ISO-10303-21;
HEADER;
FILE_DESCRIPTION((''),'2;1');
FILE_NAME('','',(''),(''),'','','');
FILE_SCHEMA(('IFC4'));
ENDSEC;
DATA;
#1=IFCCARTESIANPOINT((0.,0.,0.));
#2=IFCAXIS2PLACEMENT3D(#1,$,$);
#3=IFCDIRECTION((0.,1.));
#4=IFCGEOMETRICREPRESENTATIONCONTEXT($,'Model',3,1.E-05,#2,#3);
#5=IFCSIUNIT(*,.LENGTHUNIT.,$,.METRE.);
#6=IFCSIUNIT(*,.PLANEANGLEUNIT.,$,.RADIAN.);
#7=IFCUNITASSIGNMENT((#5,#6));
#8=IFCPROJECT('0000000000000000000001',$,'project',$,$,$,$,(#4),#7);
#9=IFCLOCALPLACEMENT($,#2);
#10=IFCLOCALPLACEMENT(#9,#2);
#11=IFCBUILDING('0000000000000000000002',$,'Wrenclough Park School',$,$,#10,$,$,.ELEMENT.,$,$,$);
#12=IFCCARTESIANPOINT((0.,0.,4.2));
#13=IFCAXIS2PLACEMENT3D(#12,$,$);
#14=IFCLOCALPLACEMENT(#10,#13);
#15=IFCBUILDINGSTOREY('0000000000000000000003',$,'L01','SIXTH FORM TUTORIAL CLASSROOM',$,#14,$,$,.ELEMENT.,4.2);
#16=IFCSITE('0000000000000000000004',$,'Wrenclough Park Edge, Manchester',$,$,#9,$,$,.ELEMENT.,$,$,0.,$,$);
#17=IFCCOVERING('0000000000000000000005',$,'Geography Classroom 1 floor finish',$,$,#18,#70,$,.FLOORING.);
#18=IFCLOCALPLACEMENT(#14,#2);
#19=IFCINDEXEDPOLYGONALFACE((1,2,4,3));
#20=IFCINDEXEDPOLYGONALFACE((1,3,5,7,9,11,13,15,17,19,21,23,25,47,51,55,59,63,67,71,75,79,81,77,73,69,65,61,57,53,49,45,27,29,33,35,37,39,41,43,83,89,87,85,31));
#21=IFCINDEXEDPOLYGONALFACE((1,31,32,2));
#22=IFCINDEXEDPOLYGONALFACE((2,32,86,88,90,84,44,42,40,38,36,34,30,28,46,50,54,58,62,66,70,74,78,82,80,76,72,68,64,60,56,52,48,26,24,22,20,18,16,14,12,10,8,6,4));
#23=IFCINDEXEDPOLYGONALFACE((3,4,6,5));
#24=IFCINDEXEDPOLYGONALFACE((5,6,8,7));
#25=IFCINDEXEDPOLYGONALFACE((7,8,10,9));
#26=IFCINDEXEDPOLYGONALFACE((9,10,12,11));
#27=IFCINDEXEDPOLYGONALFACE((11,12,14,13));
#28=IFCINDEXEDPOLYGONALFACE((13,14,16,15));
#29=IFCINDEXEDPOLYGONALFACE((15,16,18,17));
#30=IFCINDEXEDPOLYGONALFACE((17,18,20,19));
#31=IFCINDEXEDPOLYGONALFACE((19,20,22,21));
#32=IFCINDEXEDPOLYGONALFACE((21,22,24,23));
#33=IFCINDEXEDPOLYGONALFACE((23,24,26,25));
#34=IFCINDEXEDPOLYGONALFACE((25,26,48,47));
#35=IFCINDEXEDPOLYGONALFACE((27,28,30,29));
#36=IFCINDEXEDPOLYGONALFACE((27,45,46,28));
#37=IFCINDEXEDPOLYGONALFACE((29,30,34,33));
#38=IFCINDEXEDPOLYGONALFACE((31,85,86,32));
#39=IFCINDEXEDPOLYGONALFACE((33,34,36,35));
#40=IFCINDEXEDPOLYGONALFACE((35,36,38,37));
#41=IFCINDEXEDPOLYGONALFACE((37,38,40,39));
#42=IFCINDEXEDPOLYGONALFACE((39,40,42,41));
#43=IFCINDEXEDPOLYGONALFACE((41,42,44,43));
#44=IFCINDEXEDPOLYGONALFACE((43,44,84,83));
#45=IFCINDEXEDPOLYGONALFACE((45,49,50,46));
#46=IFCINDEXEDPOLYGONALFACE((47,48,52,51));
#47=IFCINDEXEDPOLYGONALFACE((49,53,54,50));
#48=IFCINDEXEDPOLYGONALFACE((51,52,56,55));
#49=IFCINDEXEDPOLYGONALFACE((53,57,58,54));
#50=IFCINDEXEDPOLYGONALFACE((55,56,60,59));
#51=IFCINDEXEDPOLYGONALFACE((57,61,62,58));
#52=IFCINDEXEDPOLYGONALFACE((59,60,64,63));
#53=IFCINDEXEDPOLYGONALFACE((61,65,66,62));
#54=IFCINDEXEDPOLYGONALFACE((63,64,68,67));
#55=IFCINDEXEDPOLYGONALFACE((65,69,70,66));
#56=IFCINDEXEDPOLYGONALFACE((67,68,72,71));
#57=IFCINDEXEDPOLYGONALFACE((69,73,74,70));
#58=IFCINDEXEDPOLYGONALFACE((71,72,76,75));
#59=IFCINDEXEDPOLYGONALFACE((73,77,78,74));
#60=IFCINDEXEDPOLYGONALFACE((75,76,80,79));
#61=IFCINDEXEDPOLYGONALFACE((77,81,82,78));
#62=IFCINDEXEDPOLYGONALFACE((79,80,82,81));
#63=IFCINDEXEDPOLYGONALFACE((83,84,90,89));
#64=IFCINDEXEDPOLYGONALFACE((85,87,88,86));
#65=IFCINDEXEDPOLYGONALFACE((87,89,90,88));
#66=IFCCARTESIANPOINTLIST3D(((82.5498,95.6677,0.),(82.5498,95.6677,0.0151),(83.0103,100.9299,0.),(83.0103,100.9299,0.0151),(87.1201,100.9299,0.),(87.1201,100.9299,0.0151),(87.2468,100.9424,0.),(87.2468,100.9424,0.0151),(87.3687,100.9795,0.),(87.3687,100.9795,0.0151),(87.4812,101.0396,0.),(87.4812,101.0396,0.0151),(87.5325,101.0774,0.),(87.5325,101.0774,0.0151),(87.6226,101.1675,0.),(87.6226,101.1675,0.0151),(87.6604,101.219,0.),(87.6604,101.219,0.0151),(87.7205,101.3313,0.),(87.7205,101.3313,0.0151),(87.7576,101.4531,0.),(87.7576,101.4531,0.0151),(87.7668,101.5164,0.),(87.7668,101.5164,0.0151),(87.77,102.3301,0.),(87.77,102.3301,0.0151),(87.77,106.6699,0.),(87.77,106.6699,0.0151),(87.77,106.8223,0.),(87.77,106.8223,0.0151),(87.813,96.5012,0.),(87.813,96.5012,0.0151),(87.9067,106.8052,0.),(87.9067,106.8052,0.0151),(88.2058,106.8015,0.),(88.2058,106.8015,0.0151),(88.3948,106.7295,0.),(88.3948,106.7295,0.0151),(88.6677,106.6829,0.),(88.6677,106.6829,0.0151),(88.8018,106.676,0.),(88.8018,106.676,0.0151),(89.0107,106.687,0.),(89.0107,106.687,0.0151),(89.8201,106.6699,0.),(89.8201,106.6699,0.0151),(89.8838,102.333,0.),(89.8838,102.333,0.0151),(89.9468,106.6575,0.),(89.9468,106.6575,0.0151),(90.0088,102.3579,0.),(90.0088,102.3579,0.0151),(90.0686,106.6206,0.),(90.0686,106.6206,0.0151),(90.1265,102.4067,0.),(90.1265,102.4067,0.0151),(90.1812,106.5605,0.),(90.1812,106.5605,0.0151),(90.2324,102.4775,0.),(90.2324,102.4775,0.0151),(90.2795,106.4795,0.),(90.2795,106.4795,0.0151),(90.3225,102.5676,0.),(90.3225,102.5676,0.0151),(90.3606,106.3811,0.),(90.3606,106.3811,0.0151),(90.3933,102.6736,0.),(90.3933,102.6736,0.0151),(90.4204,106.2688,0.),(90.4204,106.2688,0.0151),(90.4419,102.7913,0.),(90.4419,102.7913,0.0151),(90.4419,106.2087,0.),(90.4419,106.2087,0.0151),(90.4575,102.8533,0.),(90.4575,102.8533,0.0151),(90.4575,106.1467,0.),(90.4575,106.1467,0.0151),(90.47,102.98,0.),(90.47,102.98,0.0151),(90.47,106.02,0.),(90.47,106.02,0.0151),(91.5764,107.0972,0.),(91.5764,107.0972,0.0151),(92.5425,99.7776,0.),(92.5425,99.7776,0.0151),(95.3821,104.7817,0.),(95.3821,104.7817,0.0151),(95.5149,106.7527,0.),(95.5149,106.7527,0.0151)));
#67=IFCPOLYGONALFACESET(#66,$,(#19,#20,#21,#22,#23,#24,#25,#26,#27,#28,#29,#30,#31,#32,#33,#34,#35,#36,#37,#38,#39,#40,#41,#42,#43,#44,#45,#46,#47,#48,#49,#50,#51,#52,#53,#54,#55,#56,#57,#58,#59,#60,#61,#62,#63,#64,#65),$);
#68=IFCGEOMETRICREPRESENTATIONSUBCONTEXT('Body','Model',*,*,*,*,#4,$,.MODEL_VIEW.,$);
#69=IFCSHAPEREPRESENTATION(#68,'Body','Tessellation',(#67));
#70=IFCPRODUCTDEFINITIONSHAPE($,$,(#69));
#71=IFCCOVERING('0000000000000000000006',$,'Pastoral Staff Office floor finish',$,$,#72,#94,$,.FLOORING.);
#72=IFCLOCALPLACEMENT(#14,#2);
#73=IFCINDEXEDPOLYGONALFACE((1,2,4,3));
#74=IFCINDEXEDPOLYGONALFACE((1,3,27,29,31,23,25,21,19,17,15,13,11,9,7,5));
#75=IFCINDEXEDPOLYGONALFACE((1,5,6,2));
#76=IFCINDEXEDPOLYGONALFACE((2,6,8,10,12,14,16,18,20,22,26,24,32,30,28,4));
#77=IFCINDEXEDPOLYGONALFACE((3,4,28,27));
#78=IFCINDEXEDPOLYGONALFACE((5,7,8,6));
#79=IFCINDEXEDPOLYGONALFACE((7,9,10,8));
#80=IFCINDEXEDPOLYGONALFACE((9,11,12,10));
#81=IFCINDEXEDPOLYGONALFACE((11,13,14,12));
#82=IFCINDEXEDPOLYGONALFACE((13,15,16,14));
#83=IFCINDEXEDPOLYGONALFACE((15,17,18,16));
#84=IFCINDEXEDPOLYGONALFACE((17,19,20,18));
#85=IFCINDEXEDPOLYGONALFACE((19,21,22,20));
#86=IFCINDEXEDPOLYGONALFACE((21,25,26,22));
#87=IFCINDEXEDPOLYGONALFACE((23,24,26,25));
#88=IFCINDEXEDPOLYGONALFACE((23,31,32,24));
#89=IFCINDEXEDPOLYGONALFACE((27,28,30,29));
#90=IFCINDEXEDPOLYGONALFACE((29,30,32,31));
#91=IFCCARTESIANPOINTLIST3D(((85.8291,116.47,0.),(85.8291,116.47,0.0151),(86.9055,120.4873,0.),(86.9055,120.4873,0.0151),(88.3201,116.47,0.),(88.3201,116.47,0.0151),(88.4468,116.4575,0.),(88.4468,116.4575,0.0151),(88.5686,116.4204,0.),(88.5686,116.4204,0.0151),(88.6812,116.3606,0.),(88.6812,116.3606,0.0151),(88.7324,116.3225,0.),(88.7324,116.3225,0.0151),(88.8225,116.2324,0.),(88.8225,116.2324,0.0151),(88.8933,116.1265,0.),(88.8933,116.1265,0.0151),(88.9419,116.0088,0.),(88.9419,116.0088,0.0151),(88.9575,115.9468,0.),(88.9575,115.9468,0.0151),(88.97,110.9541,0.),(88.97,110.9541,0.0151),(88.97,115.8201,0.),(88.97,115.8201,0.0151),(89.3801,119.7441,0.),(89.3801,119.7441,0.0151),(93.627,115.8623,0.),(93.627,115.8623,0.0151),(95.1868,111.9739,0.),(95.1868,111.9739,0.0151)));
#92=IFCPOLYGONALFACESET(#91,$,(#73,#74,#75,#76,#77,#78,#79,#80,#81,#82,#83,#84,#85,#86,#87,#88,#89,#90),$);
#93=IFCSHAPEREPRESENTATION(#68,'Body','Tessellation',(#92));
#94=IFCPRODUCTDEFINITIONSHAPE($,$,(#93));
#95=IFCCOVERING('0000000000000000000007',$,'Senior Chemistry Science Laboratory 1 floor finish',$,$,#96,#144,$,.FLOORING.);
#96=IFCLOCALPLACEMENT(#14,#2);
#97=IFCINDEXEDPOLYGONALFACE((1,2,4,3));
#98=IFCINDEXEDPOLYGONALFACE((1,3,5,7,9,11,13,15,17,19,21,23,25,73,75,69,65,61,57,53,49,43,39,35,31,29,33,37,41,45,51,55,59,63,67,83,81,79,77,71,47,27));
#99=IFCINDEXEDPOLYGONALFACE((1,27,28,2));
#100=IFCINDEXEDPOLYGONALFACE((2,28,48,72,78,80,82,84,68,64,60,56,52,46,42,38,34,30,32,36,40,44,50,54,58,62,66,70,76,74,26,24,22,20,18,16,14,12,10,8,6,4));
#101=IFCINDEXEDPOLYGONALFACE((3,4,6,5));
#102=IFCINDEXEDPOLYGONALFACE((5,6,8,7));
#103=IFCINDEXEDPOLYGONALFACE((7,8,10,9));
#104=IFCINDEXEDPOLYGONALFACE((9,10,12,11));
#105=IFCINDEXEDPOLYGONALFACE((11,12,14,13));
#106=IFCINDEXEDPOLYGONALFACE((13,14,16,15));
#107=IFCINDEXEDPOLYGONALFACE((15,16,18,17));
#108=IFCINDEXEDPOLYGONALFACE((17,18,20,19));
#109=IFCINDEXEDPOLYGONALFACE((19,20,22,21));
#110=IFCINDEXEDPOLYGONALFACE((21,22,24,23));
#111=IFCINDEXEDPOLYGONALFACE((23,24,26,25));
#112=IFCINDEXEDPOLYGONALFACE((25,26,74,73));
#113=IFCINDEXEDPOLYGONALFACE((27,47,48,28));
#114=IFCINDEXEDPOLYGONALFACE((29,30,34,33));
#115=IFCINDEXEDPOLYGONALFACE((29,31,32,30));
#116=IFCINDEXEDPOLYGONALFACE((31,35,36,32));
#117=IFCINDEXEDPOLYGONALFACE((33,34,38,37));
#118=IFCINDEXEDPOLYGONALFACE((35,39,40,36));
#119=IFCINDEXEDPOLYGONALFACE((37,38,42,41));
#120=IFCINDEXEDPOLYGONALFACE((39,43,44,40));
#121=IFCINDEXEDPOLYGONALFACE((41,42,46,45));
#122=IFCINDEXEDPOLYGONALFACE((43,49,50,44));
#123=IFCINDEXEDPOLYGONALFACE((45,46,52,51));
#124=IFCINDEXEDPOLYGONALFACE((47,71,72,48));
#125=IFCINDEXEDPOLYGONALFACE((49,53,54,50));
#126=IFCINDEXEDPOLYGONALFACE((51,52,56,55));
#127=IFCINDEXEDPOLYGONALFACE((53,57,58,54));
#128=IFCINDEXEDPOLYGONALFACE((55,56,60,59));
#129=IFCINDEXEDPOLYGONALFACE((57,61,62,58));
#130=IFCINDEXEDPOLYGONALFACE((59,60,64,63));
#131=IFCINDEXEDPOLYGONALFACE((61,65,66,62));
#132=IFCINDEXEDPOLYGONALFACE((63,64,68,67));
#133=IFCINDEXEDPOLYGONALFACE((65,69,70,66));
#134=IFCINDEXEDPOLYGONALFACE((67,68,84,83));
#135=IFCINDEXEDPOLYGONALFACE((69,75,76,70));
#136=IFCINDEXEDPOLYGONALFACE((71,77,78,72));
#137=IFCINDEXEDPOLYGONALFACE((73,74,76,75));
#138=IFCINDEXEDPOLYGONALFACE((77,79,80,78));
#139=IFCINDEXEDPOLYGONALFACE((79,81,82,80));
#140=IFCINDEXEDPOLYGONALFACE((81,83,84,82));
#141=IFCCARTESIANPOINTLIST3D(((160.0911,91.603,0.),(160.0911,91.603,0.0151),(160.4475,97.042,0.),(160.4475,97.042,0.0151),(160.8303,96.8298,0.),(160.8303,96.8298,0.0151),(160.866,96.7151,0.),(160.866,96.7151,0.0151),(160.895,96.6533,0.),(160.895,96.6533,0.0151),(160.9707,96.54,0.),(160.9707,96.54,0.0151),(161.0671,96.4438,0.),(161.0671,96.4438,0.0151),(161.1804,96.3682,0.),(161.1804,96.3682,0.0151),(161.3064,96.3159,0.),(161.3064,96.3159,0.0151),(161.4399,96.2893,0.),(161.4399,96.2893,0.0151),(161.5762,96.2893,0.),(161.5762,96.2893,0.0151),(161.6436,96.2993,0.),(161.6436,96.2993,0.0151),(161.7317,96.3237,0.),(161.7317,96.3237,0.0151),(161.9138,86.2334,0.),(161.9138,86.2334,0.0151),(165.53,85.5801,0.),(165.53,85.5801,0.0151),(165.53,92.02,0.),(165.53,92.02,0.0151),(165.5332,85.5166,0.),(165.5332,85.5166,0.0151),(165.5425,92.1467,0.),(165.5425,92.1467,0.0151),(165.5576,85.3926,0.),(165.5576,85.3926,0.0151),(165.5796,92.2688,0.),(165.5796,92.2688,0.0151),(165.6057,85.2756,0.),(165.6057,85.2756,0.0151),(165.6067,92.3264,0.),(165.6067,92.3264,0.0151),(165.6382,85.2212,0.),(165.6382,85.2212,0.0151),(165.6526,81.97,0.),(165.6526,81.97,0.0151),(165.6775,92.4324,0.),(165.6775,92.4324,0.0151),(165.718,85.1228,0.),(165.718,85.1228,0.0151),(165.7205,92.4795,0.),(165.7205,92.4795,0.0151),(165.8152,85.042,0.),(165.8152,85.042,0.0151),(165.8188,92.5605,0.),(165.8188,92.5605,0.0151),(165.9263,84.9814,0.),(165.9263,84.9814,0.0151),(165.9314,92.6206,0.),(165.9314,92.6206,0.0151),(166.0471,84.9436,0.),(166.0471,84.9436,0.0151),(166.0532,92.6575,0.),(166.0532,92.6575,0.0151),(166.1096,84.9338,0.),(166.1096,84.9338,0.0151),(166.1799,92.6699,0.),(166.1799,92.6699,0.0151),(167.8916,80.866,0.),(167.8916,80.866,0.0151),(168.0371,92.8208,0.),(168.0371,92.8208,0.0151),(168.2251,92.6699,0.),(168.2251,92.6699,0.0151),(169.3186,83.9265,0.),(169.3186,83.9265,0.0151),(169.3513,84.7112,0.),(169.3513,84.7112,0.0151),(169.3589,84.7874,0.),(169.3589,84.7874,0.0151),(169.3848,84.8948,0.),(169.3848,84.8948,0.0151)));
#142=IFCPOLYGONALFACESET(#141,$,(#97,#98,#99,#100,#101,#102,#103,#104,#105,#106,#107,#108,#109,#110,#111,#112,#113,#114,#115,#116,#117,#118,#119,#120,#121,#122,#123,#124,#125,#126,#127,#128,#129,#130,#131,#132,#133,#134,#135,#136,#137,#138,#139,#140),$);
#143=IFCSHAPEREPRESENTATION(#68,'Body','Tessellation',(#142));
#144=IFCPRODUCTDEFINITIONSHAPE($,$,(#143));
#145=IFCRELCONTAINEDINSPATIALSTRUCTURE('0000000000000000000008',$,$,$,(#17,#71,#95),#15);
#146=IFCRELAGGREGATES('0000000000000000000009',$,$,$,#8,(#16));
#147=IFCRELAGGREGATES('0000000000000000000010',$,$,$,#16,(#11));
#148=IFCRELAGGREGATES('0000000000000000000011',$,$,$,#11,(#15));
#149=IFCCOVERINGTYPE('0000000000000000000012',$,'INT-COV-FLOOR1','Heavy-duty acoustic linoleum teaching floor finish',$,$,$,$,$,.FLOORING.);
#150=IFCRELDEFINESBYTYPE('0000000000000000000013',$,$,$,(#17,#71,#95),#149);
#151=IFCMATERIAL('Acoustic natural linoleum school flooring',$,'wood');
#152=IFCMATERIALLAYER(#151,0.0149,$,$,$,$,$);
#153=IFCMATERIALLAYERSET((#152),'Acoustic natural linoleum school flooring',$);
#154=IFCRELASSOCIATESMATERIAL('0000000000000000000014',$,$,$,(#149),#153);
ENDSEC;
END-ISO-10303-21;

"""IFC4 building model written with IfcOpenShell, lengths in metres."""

from ifc_helpers import new_model, si_unit, direction, frame, origin, place, context, subcontext, project, spatial, polyline, outline, extrude, material, layer, layer_set, type_object, element, save


model = new_model("IFC4")

# Units and contexts
model_context = context("Model", 3, precision=1e-05, world=origin(), true_north=direction((0.0, 1.0)))
body_context = subcontext(model_context, "Body", "Model", "MODEL_VIEW")
ifc_project = project(units=[si_unit("LENGTHUNIT", "METRE"), si_unit("PLANEANGLEUNIT", "RADIAN")], contexts=[model_context])

# Site, building, storey
site_placement = place(None, origin())
site = spatial("IfcSite", under=ifc_project, at=site_placement, Name="Wrenclough Park Edge, Manchester", CompositionType="ELEMENT", RefElevation=0.0)
building_placement = place(site_placement, origin())
building = spatial("IfcBuilding", under=site, at=building_placement, Name="Wrenclough Park School", CompositionType="ELEMENT")
storey_placement = place(building_placement, frame((0.0, 0.0, 4.2)))
storey = spatial("IfcBuildingStorey", under=building, at=storey_placement, Name="L01", Description="SIXTH FORM TUTORIAL CLASSROOM", CompositionType="ELEMENT", Elevation=4.2)

# Coverings
ifc_material_1 = material(Name="Acoustic natural linoleum school flooring", Category="wood")
ifc_layer_1 = layer(ifc_material_1, 0.0149)
ifc_layer_set_1 = layer_set([ifc_layer_1], Name="Acoustic natural linoleum school flooring")
covering_type_1 = type_object("IfcCoveringType", Name="INT-COV-FLOOR1", Description="Heavy-duty acoustic linoleum teaching floor finish", PredefinedType="FLOORING", material=ifc_layer_set_1)
covering_1_placement = place(storey_placement, origin())
element("IfcCovering", 1, at=covering_1_placement, inside=storey, type_object=covering_type_1, Name="Geography Classroom 1 floor finish", PredefinedType="FLOORING", context=body_context, shape_type="SweptSolid", body=[
    extrude(outline(polyline([(83.0103, 100.9299), (82.5498, 95.6677), (87.813, 96.5012), (92.5425, 99.7776), (95.3821, 104.7817), (95.5149, 106.7527), (91.5764, 107.0972), (89.0107, 106.687), (88.8018, 106.676), (88.6677, 106.6829), (88.3948, 106.7295), (88.2058, 106.8015), (87.9067, 106.8052), (87.77, 106.8223), (87.77, 106.6699), (89.8201, 106.6699), (89.9468, 106.6575), (90.0686, 106.6206), (90.1812, 106.5605), (90.2795, 106.4795), (90.3606, 106.3811), (90.4204, 106.2688), (90.4419, 106.2087), (90.4575, 106.1467), (90.47, 106.02), (90.47, 102.98), (90.4575, 102.8533), (90.4419, 102.7913), (90.3933, 102.6736), (90.3225, 102.5676), (90.2324, 102.4775), (90.1265, 102.4067), (90.0088, 102.3579), (89.8838, 102.333), (87.77, 102.3301), (87.7668, 101.5164), (87.7576, 101.4531), (87.7205, 101.3313), (87.6604, 101.219), (87.6226, 101.1675), (87.5325, 101.0774), (87.4812, 101.0396), (87.3687, 100.9795), (87.2468, 100.9424), (87.1201, 100.9299), (83.0103, 100.9299)])), origin(), (0.0, 0.0, 1.0), 0.0151),
])
covering_2_placement = place(storey_placement, origin())
element("IfcCovering", 2, at=covering_2_placement, inside=storey, type_object=covering_type_1, Name="Pastoral Staff Office floor finish", PredefinedType="FLOORING", context=body_context, shape_type="SweptSolid", body=[
    extrude(outline(polyline([(88.97, 115.8201), (88.97, 110.9541), (95.1868, 111.9739), (93.627, 115.8623), (89.3801, 119.7441), (86.9055, 120.4873), (85.8291, 116.47), (88.3201, 116.47), (88.4468, 116.4575), (88.5686, 116.4204), (88.6812, 116.3606), (88.7324, 116.3225), (88.8225, 116.2324), (88.8933, 116.1265), (88.9419, 116.0088), (88.9575, 115.9468), (88.97, 115.8201)])), origin(), (0.0, 0.0, 1.0), 0.0151),
])
covering_3_placement = place(storey_placement, origin())
element("IfcCovering", 3, at=covering_3_placement, inside=storey, type_object=covering_type_1, Name="Senior Chemistry Science Laboratory 1 floor finish", PredefinedType="FLOORING", context=body_context, shape_type="SweptSolid", body=[
    extrude(outline(polyline([(160.8303, 96.8298), (160.4475, 97.042), (160.0911, 91.603), (161.9138, 86.2334), (165.6526, 81.97), (167.8916, 80.866), (169.3186, 83.9265), (169.3513, 84.7112), (169.3589, 84.7874), (169.3848, 84.8948), (166.1096, 84.9338), (166.0471, 84.9436), (165.9263, 84.9814), (165.8152, 85.042), (165.718, 85.1228), (165.6382, 85.2212), (165.6057, 85.2756), (165.5576, 85.3926), (165.5332, 85.5166), (165.53, 85.5801), (165.53, 92.02), (165.5425, 92.1467), (165.5796, 92.2688), (165.6067, 92.3264), (165.6775, 92.4324), (165.7205, 92.4795), (165.8188, 92.5605), (165.9314, 92.6206), (166.0532, 92.6575), (166.1799, 92.6699), (168.2251, 92.6699), (168.0371, 92.8208), (161.7317, 96.3237), (161.6436, 96.2993), (161.5762, 96.2893), (161.4399, 96.2893), (161.3064, 96.3159), (161.1804, 96.3682), (161.0671, 96.4438), (160.9707, 96.54), (160.895, 96.6533), (160.866, 96.7151), (160.8303, 96.8298)])), origin(), (0.0, 0.0, 1.0), 0.0151),
])

save(model, "model.ifc")
